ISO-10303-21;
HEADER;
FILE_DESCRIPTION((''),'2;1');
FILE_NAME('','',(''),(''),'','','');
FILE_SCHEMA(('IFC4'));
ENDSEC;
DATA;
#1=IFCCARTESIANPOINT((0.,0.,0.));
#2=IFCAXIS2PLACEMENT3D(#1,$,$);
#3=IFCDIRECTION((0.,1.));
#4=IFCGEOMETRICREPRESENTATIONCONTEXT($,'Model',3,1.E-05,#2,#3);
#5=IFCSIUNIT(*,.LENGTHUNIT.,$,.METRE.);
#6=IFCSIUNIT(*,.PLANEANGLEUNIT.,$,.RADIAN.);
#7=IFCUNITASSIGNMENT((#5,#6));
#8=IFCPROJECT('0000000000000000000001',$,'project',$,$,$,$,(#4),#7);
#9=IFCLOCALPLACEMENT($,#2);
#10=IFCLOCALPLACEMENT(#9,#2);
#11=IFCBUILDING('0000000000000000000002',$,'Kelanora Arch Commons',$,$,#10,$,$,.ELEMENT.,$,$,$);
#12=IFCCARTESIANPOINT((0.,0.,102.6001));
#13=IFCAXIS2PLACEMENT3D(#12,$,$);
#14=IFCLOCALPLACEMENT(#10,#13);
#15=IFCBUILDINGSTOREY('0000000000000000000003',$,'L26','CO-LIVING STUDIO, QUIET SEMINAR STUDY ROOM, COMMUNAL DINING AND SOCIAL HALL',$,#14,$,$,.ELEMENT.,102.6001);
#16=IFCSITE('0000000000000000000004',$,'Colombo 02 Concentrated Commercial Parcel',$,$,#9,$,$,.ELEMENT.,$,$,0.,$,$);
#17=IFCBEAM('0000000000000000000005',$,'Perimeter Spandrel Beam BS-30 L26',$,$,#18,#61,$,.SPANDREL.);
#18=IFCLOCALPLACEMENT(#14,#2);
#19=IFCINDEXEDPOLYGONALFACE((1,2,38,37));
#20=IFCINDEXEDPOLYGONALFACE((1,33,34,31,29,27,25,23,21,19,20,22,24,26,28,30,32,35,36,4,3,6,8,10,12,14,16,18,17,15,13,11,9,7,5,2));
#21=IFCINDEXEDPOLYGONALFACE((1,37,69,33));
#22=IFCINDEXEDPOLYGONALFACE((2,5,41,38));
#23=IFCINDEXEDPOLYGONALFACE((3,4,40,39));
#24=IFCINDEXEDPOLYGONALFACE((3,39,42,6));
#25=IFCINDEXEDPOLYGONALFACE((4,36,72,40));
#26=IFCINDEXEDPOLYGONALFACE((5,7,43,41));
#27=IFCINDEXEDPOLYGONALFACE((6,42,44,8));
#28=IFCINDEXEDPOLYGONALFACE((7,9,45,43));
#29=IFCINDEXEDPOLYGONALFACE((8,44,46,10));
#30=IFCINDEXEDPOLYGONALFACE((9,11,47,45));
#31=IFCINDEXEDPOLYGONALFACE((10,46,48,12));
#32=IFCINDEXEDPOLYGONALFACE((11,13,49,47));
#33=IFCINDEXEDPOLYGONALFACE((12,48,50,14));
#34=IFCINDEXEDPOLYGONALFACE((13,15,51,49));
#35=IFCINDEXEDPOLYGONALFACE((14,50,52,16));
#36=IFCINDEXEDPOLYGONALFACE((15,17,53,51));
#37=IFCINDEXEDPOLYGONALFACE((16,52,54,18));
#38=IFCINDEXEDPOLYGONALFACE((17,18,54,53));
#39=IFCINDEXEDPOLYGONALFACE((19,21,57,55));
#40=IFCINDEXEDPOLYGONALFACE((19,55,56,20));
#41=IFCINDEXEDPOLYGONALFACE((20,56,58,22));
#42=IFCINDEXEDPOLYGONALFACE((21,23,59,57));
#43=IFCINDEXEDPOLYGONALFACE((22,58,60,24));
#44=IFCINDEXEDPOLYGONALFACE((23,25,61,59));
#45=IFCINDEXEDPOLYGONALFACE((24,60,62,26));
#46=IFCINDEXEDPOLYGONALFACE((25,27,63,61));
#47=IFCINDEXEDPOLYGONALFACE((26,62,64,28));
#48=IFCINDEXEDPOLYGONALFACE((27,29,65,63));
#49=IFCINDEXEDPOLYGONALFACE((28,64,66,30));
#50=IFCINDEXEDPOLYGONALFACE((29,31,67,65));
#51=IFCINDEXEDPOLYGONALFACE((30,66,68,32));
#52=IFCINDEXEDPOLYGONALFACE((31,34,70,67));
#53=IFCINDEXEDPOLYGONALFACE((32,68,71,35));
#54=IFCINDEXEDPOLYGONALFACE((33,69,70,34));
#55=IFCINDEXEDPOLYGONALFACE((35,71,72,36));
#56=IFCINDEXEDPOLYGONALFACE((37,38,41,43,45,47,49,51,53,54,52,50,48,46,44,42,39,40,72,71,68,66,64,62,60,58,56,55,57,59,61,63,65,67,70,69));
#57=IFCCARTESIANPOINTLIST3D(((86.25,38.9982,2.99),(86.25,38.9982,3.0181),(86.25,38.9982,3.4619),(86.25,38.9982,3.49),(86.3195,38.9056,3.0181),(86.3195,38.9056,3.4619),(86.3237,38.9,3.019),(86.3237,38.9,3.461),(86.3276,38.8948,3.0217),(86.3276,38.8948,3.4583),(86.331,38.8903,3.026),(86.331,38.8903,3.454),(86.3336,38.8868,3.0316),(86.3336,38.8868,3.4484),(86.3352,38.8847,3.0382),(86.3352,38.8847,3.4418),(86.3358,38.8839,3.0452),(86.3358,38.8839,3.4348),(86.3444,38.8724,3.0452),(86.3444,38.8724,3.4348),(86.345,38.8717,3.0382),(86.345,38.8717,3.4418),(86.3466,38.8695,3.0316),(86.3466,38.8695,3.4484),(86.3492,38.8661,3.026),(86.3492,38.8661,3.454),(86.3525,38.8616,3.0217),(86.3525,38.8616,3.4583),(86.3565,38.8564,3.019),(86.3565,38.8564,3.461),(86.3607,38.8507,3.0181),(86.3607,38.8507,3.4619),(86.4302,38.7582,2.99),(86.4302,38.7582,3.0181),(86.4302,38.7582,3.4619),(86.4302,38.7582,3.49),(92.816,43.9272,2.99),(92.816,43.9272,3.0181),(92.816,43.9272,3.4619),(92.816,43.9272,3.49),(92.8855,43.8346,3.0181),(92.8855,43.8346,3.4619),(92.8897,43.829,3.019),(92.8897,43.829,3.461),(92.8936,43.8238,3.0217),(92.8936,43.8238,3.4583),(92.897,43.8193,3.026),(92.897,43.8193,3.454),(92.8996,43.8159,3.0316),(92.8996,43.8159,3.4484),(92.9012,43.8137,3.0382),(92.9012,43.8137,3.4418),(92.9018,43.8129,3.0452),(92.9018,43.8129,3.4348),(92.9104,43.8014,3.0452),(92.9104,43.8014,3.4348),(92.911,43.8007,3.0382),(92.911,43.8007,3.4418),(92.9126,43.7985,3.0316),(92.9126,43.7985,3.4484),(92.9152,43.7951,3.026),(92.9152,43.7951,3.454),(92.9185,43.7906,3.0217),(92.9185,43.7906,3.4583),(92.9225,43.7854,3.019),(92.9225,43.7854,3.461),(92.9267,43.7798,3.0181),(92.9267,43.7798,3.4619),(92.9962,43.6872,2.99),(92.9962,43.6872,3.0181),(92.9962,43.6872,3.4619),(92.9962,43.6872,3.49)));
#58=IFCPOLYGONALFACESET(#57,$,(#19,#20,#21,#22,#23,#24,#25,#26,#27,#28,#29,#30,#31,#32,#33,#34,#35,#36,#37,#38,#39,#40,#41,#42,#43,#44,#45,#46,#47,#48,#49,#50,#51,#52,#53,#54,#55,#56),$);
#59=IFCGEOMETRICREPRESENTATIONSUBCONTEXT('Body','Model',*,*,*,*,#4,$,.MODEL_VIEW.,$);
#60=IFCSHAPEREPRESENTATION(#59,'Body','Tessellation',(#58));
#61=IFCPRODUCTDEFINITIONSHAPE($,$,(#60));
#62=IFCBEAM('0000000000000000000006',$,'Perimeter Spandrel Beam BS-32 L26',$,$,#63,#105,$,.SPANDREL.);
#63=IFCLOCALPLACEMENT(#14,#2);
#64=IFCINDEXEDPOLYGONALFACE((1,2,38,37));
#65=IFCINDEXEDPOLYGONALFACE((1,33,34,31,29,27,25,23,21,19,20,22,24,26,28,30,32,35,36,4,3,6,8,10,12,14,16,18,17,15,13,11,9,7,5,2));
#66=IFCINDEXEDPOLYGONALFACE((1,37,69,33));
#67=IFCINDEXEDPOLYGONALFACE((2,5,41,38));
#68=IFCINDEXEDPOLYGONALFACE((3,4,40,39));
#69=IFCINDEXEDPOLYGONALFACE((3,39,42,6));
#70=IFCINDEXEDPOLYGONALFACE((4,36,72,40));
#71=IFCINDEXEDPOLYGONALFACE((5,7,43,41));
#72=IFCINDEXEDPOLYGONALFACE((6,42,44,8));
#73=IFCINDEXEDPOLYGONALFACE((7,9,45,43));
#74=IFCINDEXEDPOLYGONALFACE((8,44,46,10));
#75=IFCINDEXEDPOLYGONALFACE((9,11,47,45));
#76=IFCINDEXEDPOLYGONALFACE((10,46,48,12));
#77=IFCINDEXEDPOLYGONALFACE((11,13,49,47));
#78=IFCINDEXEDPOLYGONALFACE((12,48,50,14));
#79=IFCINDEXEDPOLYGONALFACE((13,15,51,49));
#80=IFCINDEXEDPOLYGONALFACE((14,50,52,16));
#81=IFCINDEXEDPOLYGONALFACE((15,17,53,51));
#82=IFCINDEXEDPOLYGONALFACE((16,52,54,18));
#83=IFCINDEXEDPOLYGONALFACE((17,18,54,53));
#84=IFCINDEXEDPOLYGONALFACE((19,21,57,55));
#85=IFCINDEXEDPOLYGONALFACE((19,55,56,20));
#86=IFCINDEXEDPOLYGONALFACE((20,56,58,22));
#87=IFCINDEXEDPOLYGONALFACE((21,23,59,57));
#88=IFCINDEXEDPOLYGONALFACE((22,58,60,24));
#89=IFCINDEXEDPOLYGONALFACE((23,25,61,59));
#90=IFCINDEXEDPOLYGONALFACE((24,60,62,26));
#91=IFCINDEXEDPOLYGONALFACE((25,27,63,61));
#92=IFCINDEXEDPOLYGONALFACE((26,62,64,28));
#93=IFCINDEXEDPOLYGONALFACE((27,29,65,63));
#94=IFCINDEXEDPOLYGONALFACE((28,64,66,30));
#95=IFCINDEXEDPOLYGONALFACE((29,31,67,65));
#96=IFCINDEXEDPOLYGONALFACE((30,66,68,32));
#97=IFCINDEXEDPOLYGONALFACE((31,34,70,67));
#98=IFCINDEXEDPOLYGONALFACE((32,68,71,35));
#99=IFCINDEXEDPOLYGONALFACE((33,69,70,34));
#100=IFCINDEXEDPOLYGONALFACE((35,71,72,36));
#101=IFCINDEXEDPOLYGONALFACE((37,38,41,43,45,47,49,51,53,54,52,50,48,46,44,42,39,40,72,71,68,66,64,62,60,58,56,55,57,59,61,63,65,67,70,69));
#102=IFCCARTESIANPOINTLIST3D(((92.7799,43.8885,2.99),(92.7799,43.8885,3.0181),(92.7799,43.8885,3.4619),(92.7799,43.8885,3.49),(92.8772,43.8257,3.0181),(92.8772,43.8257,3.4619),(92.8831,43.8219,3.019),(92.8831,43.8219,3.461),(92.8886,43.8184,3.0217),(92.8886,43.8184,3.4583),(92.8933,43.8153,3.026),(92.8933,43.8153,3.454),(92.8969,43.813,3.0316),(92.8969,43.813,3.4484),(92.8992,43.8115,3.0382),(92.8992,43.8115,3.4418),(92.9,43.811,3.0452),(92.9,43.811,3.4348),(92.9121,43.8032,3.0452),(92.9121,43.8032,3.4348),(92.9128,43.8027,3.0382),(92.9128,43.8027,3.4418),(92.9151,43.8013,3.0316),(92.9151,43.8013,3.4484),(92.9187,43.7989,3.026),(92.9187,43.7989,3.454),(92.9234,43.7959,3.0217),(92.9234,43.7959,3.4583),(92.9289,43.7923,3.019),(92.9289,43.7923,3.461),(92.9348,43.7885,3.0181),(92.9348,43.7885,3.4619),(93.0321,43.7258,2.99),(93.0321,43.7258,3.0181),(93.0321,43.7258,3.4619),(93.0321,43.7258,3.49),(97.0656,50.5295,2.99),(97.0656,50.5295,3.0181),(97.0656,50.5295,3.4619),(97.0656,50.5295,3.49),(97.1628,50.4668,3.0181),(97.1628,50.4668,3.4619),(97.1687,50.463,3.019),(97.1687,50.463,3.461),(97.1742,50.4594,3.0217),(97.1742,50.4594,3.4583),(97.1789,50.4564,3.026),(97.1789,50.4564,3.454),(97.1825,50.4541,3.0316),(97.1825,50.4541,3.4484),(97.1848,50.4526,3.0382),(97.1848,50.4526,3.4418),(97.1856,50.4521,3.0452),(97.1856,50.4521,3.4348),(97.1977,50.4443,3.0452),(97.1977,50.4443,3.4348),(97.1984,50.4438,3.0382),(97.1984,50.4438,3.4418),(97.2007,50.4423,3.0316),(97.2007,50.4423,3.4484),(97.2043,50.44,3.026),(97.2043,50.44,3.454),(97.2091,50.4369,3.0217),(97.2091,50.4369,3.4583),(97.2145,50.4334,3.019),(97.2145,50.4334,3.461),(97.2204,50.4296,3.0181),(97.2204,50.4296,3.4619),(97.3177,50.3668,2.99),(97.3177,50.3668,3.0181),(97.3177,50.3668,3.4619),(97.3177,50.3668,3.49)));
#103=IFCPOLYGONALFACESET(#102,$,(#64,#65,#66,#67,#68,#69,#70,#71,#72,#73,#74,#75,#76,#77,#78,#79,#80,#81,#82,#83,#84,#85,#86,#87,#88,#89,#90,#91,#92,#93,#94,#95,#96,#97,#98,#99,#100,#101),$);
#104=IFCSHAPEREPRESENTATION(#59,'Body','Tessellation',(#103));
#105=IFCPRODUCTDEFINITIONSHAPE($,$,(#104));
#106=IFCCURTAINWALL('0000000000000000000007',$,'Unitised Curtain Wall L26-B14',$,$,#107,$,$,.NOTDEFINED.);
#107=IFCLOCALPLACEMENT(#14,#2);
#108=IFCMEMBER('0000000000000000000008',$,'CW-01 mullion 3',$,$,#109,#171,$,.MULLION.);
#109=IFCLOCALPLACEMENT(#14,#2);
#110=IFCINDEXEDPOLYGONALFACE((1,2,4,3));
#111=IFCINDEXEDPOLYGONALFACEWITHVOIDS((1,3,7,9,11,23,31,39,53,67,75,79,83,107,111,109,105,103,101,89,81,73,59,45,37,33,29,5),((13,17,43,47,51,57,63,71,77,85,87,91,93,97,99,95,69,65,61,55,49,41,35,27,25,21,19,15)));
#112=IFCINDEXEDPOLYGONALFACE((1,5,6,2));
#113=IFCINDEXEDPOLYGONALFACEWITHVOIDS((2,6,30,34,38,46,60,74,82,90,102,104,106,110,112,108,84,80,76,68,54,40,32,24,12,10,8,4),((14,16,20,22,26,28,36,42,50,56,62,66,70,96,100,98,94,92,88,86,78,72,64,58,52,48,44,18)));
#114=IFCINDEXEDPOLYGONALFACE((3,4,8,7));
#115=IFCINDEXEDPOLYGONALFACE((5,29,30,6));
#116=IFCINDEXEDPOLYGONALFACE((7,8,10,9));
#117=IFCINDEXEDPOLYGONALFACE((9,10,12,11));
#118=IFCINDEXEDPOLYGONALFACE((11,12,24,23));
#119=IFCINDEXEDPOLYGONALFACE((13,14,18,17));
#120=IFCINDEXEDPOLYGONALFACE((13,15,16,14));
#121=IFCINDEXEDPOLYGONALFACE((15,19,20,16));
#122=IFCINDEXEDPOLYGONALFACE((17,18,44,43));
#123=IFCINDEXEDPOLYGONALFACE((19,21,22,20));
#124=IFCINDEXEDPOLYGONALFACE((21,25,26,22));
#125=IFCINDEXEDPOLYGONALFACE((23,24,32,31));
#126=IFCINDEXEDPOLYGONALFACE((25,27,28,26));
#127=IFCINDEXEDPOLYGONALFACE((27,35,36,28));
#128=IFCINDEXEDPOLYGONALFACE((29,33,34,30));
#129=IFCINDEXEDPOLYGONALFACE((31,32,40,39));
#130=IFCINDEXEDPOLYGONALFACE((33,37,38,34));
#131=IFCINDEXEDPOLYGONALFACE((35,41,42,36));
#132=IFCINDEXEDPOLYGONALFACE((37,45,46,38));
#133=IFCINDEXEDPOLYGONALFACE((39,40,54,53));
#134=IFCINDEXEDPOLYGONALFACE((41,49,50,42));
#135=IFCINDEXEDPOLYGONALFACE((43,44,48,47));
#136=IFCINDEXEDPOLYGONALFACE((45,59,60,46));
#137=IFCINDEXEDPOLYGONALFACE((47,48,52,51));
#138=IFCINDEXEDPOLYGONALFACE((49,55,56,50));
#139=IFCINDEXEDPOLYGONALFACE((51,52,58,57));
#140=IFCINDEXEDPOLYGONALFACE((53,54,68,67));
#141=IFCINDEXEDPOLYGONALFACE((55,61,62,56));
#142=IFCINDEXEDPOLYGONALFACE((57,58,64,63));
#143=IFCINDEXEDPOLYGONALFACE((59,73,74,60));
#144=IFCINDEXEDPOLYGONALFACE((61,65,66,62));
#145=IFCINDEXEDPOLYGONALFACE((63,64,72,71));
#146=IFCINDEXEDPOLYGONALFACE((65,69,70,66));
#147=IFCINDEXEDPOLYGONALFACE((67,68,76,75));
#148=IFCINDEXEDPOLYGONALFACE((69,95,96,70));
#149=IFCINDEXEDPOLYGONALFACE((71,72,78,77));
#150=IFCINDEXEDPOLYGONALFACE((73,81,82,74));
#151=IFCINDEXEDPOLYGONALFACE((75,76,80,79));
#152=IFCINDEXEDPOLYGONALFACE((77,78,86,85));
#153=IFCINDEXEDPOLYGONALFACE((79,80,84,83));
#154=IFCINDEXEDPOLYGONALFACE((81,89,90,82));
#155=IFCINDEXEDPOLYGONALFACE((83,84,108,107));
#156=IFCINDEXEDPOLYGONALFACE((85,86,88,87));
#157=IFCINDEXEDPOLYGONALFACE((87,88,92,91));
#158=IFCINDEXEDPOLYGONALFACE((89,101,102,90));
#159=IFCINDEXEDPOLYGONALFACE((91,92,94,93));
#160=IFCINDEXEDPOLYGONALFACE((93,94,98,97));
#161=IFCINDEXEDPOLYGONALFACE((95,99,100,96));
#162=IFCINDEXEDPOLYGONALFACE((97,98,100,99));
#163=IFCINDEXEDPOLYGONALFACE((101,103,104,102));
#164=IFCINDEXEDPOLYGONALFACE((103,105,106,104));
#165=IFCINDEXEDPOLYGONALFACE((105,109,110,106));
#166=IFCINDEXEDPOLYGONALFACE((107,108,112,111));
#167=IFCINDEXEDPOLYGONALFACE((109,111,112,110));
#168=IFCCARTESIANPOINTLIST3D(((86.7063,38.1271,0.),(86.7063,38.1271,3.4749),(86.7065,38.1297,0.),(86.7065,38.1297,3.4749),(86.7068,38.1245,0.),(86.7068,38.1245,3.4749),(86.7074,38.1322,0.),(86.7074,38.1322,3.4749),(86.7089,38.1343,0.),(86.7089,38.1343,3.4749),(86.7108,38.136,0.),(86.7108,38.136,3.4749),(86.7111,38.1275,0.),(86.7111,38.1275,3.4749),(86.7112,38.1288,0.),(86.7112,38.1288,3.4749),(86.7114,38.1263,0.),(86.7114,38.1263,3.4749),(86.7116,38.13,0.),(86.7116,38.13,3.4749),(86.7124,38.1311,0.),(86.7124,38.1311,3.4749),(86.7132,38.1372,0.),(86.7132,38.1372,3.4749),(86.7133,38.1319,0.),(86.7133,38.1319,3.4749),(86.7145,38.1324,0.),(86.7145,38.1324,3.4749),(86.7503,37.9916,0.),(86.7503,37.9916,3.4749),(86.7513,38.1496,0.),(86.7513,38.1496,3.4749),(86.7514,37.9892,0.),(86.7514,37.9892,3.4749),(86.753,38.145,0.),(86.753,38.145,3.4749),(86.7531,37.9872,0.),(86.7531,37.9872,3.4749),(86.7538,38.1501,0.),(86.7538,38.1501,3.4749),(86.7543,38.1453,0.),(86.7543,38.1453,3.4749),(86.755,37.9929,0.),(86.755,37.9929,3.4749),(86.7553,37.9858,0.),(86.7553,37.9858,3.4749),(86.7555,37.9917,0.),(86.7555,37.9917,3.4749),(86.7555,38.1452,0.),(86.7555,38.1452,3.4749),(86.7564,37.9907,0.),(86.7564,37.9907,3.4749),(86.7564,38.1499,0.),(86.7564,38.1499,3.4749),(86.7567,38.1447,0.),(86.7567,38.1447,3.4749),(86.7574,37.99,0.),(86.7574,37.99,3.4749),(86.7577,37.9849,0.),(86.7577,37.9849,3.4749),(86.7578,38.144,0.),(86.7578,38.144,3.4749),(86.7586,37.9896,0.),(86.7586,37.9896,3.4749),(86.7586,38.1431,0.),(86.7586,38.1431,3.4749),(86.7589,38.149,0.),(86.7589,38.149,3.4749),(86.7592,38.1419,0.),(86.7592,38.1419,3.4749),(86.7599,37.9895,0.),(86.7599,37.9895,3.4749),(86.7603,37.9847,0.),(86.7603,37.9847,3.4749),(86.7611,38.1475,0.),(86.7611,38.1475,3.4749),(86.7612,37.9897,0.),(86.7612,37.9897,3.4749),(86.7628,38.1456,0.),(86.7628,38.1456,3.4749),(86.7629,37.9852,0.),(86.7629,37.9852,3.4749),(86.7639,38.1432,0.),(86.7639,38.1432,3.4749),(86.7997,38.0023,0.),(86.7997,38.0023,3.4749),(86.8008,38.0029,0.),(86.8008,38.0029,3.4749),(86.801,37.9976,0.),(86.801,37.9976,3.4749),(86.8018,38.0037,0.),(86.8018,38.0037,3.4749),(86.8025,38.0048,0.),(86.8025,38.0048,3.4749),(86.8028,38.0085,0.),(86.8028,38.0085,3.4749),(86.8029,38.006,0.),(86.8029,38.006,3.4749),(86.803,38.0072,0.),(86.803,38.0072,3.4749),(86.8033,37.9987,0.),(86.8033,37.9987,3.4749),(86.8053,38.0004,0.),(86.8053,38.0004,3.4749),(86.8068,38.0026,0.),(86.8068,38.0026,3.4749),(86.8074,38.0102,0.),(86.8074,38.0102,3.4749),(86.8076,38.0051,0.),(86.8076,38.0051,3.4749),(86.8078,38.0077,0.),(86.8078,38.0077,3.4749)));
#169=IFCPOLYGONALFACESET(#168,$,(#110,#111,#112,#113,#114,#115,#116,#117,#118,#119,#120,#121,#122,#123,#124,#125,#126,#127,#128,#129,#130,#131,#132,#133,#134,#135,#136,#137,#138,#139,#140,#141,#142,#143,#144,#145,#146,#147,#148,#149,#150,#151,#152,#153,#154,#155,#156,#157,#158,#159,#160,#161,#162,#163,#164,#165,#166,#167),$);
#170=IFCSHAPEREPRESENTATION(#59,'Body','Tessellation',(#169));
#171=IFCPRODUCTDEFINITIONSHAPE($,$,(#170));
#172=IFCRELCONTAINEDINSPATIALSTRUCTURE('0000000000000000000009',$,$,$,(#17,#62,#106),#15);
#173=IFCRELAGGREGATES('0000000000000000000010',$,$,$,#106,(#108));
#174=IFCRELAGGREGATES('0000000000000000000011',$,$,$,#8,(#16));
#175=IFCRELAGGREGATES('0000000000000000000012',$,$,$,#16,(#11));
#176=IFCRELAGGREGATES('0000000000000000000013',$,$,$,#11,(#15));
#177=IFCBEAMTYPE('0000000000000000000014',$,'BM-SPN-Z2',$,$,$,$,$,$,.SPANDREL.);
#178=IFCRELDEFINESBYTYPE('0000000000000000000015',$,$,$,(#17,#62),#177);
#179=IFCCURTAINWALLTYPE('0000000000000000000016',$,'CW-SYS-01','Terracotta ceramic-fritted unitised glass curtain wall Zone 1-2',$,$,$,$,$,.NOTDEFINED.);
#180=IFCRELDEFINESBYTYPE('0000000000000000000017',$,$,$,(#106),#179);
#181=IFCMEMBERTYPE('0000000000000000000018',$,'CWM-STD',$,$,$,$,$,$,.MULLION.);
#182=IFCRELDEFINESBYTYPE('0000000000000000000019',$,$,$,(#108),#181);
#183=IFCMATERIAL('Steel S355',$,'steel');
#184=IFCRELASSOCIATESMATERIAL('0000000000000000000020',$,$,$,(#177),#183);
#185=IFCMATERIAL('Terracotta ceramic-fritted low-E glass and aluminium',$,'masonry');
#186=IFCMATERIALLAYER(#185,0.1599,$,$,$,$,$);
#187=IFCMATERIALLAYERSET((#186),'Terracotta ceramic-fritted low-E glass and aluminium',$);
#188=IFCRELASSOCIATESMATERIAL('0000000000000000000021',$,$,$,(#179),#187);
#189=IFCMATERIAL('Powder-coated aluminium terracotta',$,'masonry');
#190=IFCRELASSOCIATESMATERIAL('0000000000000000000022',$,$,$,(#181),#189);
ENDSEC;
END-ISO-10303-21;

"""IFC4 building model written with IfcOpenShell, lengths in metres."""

from ifc_helpers import new_model, si_unit, direction, frame, origin, origin_2d, place, context, subcontext, project, spatial, hollow_rectangle, i_section, extrude, material, layer, layer_set, material_profile, profile_set, type_object, element, aggregate, save


model = new_model("IFC4")

# Units and contexts
model_context = context("Model", 3, precision=1e-05, world=origin(), true_north=direction((0.0, 1.0)))
body_context = subcontext(model_context, "Body", "Model", "MODEL_VIEW")
ifc_project = project(units=[si_unit("LENGTHUNIT", "METRE"), si_unit("PLANEANGLEUNIT", "RADIAN")], contexts=[model_context])

# Site, building, storey
site_placement = place(None, origin())
site = spatial("IfcSite", under=ifc_project, at=site_placement, Name="Colombo 02 Concentrated Commercial Parcel", CompositionType="ELEMENT", RefElevation=0.0)
building_placement = place(site_placement, origin())
building = spatial("IfcBuilding", under=site, at=building_placement, Name="Kelanora Arch Commons", CompositionType="ELEMENT")
storey_placement = place(building_placement, frame((0.0, 0.0, 102.6001)))
storey = spatial("IfcBuildingStorey", under=building, at=storey_placement, Name="L26", Description="CO-LIVING STUDIO, QUIET SEMINAR STUDY ROOM, COMMUNAL DINING AND SOCIAL HALL", CompositionType="ELEMENT", Elevation=102.6001)

# Beams
ifc_material_1 = material(Name="Steel S355", Category="steel")
ifc_material_profile_1 = material_profile(ifc_material_1, i_section(OverallWidth=0.3, OverallDepth=0.5, WebThickness=0.0144, FlangeThickness=0.0281, FilletRadius=0.0271, at=origin_2d()), Name="HEB500")
ifc_profile_set_1 = profile_set([ifc_material_profile_1], Name="Steel S355")
beam_type_1 = type_object("IfcBeamType", Name="BM-SPN-Z2", PredefinedType="SPANDREL", material=ifc_profile_set_1)
beam_1_placement = place(storey_placement, frame((86.3401, 38.8782, 3.24), z_axis=(0.799736, 0.600352, 0.0), x_axis=(-0.600352, 0.799736, 0.0)))
element("IfcBeam", 1, at=beam_1_placement, inside=storey, type_object=beam_type_1, Name="Perimeter Spandrel Beam BS-30 L26", PredefinedType="SPANDREL", context=body_context, shape_type="SweptSolid", body=[
    extrude(i_section(OverallWidth=0.3, OverallDepth=0.5, WebThickness=0.0144, FlangeThickness=0.0281, FilletRadius=0.0271, at=origin_2d()), origin(), (0.0, 0.0, 1.0), 8.2102),
])
beam_2_placement = place(storey_placement, frame((92.906, 43.8071, 3.24), z_axis=(0.542221, 0.840236, 0.0), x_axis=(-0.840236, 0.542221, 0.0)))
element("IfcBeam", 2, at=beam_2_placement, inside=storey, type_object=beam_type_1, Name="Perimeter Spandrel Beam BS-32 L26", PredefinedType="SPANDREL", context=body_context, shape_type="SweptSolid", body=[
    extrude(i_section(OverallWidth=0.3, OverallDepth=0.5, WebThickness=0.0144, FlangeThickness=0.0281, FilletRadius=0.0271, at=origin_2d()), origin(), (0.0, 0.0, 1.0), 7.9038),
])

# Curtain wall, member
ifc_material_2 = material(Name="Terracotta ceramic-fritted low-E glass and aluminium", Category="masonry")
ifc_layer_1 = layer(ifc_material_2, 0.1599)
ifc_layer_set_1 = layer_set([ifc_layer_1], Name="Terracotta ceramic-fritted low-E glass and aluminium")
curtain_wall_type = type_object("IfcCurtainWallType", Name="CW-SYS-01", Description="Terracotta ceramic-fritted unitised glass curtain wall Zone 1-2", PredefinedType="NOTDEFINED", material=ifc_layer_set_1)
curtain_wall_1_placement = place(storey_placement, origin())
curtain_wall_1 = element("IfcCurtainWall", 3, at=curtain_wall_1_placement, inside=storey, type_object=curtain_wall_type, Name="Unitised Curtain Wall L26-B14", PredefinedType="NOTDEFINED")
ifc_material_3 = material(Name="Powder-coated aluminium terracotta", Category="masonry")
ifc_material_profile_2 = material_profile(ifc_material_3, hollow_rectangle(XDim=0.1599, YDim=0.0601, WallThickness=0.0049, InnerFilletRadius=0.0049, OuterFilletRadius=0.01, at=origin_2d()), Name="CWM160x60")
ifc_profile_set_2 = profile_set([ifc_material_profile_2], Name="Powder-coated aluminium terracotta")
member_type_1 = type_object("IfcMemberType", Name="CWM-STD", PredefinedType="MULLION", material=ifc_profile_set_2)
member_1_placement = place(storey_placement, frame((86.7571, 38.0674, 0.0), z_axis=(0.0, 0.0, 1.0), x_axis=(-0.310805, 0.950474, 0.0)))
member_1 = element("IfcMember", 4, at=member_1_placement, type_object=member_type_1, Name="CW-01 mullion 3", PredefinedType="MULLION", context=body_context, shape_type="SweptSolid", body=[
    extrude(hollow_rectangle(XDim=0.1599, YDim=0.0601, WallThickness=0.0049, InnerFilletRadius=0.0049, OuterFilletRadius=0.01, at=origin_2d()), origin(), (0.0, 0.0, 1.0), 3.4749),
])
aggregate(curtain_wall_1, [member_1])

save(model, "model.ifc")
